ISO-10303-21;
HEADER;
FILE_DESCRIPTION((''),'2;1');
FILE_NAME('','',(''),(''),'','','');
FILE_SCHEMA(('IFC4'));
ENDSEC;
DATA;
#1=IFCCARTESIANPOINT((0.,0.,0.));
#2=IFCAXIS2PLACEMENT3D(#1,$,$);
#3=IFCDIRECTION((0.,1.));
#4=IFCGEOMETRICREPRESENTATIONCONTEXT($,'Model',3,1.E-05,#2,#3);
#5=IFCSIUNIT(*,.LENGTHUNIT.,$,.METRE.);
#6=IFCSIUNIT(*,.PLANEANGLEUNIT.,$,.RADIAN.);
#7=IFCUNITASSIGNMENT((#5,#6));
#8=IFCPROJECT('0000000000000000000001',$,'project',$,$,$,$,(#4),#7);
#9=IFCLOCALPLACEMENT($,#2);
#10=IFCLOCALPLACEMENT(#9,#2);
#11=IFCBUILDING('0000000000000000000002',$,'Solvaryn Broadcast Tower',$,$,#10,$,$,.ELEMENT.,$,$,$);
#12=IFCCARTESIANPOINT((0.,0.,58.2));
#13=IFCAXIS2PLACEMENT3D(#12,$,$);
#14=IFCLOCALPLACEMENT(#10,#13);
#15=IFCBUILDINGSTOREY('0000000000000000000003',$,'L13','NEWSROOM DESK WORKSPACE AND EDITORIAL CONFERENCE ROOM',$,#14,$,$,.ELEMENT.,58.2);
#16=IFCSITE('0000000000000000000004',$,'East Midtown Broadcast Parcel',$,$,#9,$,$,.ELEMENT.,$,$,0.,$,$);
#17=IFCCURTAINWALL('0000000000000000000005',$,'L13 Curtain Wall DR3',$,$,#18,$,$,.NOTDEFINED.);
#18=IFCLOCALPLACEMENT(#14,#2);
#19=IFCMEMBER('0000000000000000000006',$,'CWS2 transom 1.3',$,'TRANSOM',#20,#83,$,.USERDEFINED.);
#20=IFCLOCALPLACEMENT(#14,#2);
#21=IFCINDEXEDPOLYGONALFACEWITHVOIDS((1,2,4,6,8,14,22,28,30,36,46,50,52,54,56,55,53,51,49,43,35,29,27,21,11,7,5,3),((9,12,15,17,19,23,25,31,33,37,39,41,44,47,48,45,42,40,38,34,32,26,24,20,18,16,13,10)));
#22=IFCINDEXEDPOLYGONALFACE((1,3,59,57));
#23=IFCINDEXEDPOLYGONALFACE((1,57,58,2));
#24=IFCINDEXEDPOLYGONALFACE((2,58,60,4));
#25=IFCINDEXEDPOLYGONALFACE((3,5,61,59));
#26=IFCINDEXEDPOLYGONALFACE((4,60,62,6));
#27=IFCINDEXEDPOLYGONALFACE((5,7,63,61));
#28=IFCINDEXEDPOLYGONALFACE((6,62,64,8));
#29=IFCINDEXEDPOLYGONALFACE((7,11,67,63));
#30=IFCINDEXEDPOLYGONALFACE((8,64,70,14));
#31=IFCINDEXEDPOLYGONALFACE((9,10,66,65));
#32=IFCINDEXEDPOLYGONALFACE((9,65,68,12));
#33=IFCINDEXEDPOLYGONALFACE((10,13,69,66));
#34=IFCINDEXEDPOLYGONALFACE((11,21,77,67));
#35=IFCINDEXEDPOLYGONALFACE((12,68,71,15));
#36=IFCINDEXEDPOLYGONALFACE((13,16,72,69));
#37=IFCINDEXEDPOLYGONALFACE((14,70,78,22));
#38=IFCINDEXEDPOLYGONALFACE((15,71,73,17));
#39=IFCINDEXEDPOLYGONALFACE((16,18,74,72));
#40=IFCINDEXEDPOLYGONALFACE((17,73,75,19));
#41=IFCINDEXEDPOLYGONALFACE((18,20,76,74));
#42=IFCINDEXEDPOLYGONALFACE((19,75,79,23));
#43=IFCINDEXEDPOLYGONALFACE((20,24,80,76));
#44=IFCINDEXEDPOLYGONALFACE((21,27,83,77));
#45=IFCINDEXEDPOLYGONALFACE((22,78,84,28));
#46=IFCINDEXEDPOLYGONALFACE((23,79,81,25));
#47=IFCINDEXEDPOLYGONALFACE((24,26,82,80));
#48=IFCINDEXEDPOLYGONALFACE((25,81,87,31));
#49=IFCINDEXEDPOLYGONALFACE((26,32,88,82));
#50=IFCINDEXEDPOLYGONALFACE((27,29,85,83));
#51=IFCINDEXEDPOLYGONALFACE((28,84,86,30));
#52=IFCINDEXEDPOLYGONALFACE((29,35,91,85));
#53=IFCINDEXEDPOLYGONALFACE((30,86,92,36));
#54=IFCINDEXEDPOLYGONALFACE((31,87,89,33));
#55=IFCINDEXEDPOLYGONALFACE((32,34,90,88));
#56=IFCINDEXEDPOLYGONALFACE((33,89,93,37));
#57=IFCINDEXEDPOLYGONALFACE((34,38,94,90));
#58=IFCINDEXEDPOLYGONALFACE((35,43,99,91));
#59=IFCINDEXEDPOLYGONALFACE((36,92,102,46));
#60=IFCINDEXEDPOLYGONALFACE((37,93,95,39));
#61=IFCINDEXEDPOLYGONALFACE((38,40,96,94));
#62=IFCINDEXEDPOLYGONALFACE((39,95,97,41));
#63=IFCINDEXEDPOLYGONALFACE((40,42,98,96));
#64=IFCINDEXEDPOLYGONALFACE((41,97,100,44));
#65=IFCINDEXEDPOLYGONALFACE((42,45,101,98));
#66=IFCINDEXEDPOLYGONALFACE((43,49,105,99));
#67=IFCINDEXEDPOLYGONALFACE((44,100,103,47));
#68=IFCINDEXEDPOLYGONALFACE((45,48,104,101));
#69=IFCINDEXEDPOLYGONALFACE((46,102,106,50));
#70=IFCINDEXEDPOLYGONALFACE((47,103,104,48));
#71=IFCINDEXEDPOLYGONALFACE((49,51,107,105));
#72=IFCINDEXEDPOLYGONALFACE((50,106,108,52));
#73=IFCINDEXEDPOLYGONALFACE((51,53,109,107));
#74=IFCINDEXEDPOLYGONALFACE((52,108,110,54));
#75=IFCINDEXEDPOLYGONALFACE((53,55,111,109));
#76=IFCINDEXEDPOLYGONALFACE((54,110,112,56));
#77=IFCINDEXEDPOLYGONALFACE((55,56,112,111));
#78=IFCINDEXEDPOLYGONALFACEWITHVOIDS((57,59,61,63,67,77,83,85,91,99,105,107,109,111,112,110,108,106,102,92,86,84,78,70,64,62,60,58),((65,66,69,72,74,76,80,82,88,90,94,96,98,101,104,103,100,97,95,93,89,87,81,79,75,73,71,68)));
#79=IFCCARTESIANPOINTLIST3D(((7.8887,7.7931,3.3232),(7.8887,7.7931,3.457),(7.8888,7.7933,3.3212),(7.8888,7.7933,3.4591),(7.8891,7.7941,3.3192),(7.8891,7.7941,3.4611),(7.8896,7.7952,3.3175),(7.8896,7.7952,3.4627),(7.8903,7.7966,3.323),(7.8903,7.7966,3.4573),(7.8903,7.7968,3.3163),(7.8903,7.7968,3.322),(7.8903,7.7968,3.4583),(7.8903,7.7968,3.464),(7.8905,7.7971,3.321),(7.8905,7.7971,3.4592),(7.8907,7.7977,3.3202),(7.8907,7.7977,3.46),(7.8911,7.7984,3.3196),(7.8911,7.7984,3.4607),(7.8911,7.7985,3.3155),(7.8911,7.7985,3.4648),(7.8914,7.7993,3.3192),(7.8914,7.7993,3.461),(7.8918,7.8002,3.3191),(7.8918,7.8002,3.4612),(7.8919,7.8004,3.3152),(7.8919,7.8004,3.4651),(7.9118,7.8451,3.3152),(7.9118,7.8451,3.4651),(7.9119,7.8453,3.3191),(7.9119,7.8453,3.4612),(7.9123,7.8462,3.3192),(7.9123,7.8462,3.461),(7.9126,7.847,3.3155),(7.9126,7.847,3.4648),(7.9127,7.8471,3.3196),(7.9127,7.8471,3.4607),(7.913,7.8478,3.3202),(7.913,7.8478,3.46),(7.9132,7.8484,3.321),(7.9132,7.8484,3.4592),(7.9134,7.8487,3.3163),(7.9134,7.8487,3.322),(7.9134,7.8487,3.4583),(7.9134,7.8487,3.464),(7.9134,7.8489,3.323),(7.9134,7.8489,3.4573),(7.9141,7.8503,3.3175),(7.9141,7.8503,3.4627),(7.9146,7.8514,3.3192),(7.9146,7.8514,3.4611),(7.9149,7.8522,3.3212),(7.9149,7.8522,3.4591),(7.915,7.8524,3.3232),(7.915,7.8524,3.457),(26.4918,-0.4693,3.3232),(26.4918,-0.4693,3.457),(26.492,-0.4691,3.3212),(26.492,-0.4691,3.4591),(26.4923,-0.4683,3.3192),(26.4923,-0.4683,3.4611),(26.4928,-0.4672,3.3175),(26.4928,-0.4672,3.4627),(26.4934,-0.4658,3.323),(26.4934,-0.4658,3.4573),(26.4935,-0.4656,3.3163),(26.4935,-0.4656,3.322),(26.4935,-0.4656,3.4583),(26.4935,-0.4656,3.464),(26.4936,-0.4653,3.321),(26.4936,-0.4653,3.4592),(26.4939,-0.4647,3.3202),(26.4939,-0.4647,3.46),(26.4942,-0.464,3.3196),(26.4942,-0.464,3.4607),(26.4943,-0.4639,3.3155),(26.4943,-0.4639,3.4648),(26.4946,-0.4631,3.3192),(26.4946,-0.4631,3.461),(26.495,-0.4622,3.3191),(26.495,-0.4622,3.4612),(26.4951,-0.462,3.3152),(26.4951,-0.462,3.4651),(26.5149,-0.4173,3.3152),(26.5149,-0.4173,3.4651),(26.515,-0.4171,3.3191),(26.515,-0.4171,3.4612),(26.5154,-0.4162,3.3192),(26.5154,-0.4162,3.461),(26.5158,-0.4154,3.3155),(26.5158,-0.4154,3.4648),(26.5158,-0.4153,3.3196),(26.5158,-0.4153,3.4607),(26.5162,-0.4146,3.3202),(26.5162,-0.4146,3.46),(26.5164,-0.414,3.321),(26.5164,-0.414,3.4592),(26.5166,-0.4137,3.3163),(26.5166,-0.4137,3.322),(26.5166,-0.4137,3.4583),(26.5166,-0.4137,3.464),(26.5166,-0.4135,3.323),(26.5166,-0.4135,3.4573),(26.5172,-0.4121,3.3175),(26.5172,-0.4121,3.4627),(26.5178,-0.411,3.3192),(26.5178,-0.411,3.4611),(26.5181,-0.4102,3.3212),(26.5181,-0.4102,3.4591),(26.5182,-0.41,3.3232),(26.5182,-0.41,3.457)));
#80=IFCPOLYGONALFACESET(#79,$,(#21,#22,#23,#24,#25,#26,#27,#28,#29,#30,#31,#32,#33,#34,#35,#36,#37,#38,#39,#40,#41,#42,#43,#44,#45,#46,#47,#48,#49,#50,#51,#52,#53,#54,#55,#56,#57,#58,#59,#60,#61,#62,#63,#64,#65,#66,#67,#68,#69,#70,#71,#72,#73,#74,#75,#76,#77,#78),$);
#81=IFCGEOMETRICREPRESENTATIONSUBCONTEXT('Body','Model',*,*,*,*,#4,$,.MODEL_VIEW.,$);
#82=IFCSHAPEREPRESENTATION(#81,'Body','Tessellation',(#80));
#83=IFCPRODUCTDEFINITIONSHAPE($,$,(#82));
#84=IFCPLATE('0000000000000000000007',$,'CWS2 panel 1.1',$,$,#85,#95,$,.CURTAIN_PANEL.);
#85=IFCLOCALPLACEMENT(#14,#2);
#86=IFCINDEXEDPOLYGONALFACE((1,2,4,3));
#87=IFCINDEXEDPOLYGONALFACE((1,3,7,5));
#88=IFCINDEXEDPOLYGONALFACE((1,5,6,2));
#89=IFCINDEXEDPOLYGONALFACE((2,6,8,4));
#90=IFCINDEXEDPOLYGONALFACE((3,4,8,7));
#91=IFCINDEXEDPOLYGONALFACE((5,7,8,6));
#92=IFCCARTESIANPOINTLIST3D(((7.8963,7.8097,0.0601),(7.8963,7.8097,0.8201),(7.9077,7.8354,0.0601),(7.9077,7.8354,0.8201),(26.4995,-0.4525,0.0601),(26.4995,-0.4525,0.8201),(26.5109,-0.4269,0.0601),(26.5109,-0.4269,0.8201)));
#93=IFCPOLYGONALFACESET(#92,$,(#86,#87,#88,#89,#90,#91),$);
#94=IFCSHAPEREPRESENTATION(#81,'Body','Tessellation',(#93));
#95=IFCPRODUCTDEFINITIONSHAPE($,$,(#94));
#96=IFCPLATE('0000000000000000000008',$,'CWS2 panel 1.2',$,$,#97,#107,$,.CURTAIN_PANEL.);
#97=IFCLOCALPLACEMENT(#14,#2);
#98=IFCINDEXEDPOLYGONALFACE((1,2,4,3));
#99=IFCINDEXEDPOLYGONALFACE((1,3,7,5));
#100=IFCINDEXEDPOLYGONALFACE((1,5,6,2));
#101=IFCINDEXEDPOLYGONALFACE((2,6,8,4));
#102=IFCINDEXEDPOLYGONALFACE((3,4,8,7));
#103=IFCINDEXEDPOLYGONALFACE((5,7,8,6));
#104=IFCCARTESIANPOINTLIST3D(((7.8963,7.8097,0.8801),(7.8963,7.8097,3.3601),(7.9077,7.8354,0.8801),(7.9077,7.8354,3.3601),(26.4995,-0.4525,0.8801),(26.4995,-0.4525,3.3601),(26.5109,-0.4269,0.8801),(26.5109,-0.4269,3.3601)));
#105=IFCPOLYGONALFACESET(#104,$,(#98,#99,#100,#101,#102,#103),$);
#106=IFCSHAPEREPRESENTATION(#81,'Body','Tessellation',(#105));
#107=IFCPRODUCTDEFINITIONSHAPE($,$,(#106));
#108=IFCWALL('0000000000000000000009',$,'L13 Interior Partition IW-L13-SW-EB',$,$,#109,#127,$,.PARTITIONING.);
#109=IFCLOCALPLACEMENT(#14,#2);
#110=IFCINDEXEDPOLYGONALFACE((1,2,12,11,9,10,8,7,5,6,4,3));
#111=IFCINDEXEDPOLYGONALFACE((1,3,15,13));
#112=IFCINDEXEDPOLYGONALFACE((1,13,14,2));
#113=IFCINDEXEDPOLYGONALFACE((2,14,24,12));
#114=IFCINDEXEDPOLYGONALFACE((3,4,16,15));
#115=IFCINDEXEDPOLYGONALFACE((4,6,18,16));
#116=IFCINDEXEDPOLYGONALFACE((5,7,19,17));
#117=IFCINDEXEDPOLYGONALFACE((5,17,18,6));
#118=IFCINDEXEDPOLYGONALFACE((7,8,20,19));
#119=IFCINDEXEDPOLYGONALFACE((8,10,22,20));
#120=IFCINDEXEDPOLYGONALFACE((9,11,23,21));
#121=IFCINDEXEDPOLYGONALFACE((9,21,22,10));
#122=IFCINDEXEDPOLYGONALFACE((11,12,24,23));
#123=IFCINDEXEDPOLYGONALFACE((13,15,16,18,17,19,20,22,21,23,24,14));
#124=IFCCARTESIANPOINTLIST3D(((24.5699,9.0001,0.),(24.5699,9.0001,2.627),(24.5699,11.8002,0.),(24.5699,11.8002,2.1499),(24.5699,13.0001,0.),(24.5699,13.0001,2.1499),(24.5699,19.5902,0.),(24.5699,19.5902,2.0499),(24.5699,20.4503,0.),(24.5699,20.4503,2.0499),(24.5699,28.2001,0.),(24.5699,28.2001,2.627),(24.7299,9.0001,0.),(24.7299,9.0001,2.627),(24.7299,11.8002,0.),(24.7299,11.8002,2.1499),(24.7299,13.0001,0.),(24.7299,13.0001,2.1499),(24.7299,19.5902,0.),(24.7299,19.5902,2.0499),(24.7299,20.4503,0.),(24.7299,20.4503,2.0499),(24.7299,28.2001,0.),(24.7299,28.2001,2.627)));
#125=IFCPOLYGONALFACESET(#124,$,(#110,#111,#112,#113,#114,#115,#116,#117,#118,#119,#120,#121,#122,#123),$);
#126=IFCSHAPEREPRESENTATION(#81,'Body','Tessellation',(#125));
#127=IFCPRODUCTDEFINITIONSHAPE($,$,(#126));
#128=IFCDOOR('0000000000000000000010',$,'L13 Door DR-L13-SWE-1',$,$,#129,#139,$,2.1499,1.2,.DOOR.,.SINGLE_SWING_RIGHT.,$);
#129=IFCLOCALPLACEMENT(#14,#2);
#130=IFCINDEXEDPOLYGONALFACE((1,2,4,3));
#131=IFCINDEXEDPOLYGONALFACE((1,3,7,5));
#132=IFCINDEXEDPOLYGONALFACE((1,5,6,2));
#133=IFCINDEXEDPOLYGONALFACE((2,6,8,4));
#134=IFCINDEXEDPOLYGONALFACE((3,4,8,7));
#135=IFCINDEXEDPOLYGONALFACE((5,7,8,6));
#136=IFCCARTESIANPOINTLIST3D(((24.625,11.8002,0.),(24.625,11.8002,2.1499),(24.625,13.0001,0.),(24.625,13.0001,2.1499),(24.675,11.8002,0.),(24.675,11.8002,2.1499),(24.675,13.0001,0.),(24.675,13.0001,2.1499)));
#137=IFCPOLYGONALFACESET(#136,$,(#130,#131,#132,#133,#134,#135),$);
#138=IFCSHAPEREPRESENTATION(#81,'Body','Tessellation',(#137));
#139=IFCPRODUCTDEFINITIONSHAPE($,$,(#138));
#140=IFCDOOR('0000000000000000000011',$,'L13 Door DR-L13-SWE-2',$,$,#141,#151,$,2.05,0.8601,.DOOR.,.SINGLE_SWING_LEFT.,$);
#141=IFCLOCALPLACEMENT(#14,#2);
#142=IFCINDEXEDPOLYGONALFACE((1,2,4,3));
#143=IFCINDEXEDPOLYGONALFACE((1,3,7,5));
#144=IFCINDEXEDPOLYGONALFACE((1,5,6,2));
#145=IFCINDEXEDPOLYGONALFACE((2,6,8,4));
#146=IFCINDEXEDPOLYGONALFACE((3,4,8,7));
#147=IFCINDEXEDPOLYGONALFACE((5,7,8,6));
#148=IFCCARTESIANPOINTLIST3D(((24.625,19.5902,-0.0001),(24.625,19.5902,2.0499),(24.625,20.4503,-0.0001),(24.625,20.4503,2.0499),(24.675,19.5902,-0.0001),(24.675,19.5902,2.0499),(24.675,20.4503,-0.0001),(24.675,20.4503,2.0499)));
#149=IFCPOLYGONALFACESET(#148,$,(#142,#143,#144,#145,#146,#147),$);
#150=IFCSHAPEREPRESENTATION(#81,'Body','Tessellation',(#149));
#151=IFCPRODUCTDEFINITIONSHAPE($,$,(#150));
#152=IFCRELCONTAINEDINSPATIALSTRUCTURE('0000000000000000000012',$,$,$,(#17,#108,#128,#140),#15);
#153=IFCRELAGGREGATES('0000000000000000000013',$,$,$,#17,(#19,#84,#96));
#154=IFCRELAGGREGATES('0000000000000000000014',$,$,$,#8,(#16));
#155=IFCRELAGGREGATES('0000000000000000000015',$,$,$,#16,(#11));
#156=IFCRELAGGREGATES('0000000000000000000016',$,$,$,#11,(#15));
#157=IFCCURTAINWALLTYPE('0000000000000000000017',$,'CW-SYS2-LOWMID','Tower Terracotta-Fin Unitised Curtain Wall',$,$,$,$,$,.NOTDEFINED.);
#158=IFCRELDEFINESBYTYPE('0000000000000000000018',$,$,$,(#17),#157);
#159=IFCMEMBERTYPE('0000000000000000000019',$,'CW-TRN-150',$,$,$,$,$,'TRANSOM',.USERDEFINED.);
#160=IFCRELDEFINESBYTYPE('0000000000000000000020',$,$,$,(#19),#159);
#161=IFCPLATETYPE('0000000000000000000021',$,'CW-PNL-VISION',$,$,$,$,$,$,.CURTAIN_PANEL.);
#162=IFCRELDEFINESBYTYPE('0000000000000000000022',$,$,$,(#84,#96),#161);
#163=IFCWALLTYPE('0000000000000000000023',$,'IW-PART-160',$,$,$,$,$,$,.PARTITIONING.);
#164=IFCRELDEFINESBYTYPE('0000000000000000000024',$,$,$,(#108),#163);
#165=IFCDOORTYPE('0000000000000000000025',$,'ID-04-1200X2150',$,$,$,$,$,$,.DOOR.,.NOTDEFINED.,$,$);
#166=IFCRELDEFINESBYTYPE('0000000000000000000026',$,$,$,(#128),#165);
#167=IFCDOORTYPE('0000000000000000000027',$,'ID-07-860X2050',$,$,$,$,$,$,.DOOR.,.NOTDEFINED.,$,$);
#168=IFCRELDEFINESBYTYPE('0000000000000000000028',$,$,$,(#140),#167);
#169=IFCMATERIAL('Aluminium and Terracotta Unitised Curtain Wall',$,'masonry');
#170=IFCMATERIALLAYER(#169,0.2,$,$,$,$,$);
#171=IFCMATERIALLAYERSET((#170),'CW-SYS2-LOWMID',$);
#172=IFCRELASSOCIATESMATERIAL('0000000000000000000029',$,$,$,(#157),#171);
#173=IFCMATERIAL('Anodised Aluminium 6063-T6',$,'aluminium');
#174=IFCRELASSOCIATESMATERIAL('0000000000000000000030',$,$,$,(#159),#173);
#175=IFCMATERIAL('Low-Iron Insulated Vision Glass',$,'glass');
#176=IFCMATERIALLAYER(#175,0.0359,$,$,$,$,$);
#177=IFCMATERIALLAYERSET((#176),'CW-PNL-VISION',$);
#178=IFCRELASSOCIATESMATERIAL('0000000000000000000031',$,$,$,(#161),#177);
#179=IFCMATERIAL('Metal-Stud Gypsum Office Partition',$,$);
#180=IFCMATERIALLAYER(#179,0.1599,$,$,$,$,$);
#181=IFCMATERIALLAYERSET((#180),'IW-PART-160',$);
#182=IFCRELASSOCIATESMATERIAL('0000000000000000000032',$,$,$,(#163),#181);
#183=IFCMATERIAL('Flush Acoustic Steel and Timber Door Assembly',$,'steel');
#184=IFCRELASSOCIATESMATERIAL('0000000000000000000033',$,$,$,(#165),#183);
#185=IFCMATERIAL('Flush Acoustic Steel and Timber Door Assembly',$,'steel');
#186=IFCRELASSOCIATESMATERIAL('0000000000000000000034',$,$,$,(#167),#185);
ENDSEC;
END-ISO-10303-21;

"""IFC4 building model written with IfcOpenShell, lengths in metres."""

from ifc_helpers import new_model, si_unit, direction, frame, frame_2d, origin, origin_2d, place, context, subcontext, project, spatial, rectangle, hollow_rectangle, extrude, material, layer, layer_set, material_profile, profile_set, type_object, element, fill, aggregate, save


model = new_model("IFC4")

# Units and contexts
model_context = context("Model", 3, precision=1e-05, world=origin(), true_north=direction((0.0, 1.0)))
body_context = subcontext(model_context, "Body", "Model", "MODEL_VIEW")
ifc_project = project(units=[si_unit("LENGTHUNIT", "METRE"), si_unit("PLANEANGLEUNIT", "RADIAN")], contexts=[model_context])

# Site, building, storey
site_placement = place(None, origin())
site = spatial("IfcSite", under=ifc_project, at=site_placement, Name="East Midtown Broadcast Parcel", CompositionType="ELEMENT", RefElevation=0.0)
building_placement = place(site_placement, origin())
building = spatial("IfcBuilding", under=site, at=building_placement, Name="Solvaryn Broadcast Tower", CompositionType="ELEMENT")
storey_placement = place(building_placement, frame((0.0, 0.0, 58.2)))
storey = spatial("IfcBuildingStorey", under=building, at=storey_placement, Name="L13", Description="NEWSROOM DESK WORKSPACE AND EDITORIAL CONFERENCE ROOM", CompositionType="ELEMENT", Elevation=58.2)

# Curtain wall, member, plates
ifc_material_1 = material(Name="Aluminium and Terracotta Unitised Curtain Wall", Category="masonry")
ifc_layer_1 = layer(ifc_material_1, 0.2)
ifc_layer_set_1 = layer_set([ifc_layer_1], Name="CW-SYS2-LOWMID")
curtain_wall_type_1 = type_object("IfcCurtainWallType", Name="CW-SYS2-LOWMID", Description="Tower Terracotta-Fin Unitised Curtain Wall", PredefinedType="NOTDEFINED", material=ifc_layer_set_1)
curtain_wall_1_placement = place(storey_placement, origin())
curtain_wall_1 = element("IfcCurtainWall", 1, at=curtain_wall_1_placement, inside=storey, type_object=curtain_wall_type_1, Name="L13 Curtain Wall DR3", PredefinedType="NOTDEFINED")
ifc_material_2 = material(Name="Anodised Aluminium 6063-T6", Category="aluminium")
ifc_material_profile_1 = material_profile(ifc_material_2, hollow_rectangle(XDim=0.0649, YDim=0.1499, WallThickness=0.0039, InnerFilletRadius=0.0039, OuterFilletRadius=0.0081, at=origin_2d()))
ifc_profile_set_1 = profile_set([ifc_material_profile_1], Name="Anodised Aluminium 6063-T6")
member_type_1 = type_object("IfcMemberType", Name="CW-TRN-150", ElementType="TRANSOM", PredefinedType="USERDEFINED", material=ifc_profile_set_1)
member_1_placement = place(storey_placement, frame((7.9019, 7.8228, 3.3901), z_axis=(0.913915, -0.405906, 0.0), x_axis=(0.405906, 0.913915, 0.0)))
member_1 = element("IfcMember", 2, at=member_1_placement, type_object=member_type_1, Name="CWS2 transom 1.3", ObjectType="TRANSOM", PredefinedType="USERDEFINED", context=body_context, shape_type="SweptSolid", body=[
    extrude(hollow_rectangle(XDim=0.0649, YDim=0.1499, WallThickness=0.0039, InnerFilletRadius=0.0039, OuterFilletRadius=0.0081, at=origin_2d()), origin(), (0.0, 0.0, 1.0), 20.3555),
])
ifc_material_3 = material(Name="Low-Iron Insulated Vision Glass", Category="glass")
ifc_layer_2 = layer(ifc_material_3, 0.0359)
ifc_layer_set_2 = layer_set([ifc_layer_2], Name="CW-PNL-VISION")
plate_type = type_object("IfcPlateType", Name="CW-PNL-VISION", PredefinedType="CURTAIN_PANEL", material=ifc_layer_set_2)
plate_1_placement = place(storey_placement, frame((17.2036, 3.6914, 0.0601), z_axis=(0.0, 0.0, 1.0), x_axis=(0.913918, -0.405898, 0.0)))
plate_1 = element("IfcPlate", 3, at=plate_1_placement, type_object=plate_type, Name="CWS2 panel 1.1", PredefinedType="CURTAIN_PANEL", context=body_context, shape_type="SweptSolid", body=[
    extrude(rectangle(XDim=20.3555, YDim=0.0281, at=origin_2d()), origin(), (0.0, 0.0, 1.0), 0.76),
])
plate_2_placement = place(storey_placement, frame((17.2036, 3.6914, 0.8801), z_axis=(0.0, 0.0, 1.0), x_axis=(0.913918, -0.405898, 0.0)))
plate_2 = element("IfcPlate", 4, at=plate_2_placement, type_object=plate_type, Name="CWS2 panel 1.2", PredefinedType="CURTAIN_PANEL", context=body_context, shape_type="SweptSolid", body=[
    extrude(rectangle(XDim=20.3555, YDim=0.0281, at=origin_2d()), origin(), (0.0, 0.0, 1.0), 2.48),
])
aggregate(curtain_wall_1, [member_1, plate_1, plate_2])

# Wall, openings, doors
ifc_material_4 = material(Name="Metal-Stud Gypsum Office Partition")
ifc_layer_3 = layer(ifc_material_4, 0.1599)
ifc_layer_set_3 = layer_set([ifc_layer_3], Name="IW-PART-160")
wall_type_1 = type_object("IfcWallType", Name="IW-PART-160", PredefinedType="PARTITIONING", material=ifc_layer_set_3)
wall_1_placement = place(storey_placement, frame((24.6499, 9.0, 0.0), z_axis=(0.0, 0.0, 1.0), x_axis=(0.0, 1.0, 0.0)))
wall_1 = element("IfcWall", 5, at=wall_1_placement, inside=storey, type_object=wall_type_1, Name="L13 Interior Partition IW-L13-SW-EB", PredefinedType="PARTITIONING", context=body_context, shape_type="SweptSolid", body=[
    extrude(rectangle(XDim=19.2, YDim=0.1599, at=frame_2d((9.6001, 0.0))), origin(), (0.0, 0.0, 1.0), 2.627),
])
opening_1_placement = place(wall_1_placement, frame((2.8, 0.0, 0.0)))
opening_1 = element("IfcOpeningElement", 6, at=opening_1_placement, cuts=wall_1, PredefinedType="OPENING", context=body_context, shape_type="SweptSolid", body=[
    extrude(rectangle(XDim=1.2, YDim=2.1499, at=frame_2d((0.6001, 1.075))), frame((0.0, 0.0901, 0.0), z_axis=(0.0, -1.0, 0.0), x_axis=(1.0, 0.0, 0.0)), (0.0, 0.0, 1.0), 0.1799),
])
opening_2_placement = place(wall_1_placement, frame((10.5901, 0.0, 0.0)))
opening_2 = element("IfcOpeningElement", 7, at=opening_2_placement, cuts=wall_1, PredefinedType="OPENING", context=body_context, shape_type="SweptSolid", body=[
    extrude(rectangle(XDim=0.8601, YDim=2.05, at=frame_2d((0.4302, 1.0249))), frame((0.0, 0.0901, 0.0), z_axis=(0.0, -1.0, 0.0), x_axis=(1.0, 0.0, 0.0)), (0.0, 0.0, 1.0), 0.1799),
])
ifc_material_5 = material(Name="Flush Acoustic Steel and Timber Door Assembly", Category="steel")
door_type_1 = type_object("IfcDoorType", Name="ID-04-1200X2150", OperationType="NOTDEFINED", PredefinedType="DOOR", material=ifc_material_5)
door_1_placement = place(opening_1_placement, origin())
door_1 = element("IfcDoor", 8, at=door_1_placement, inside=storey, type_object=door_type_1, Name="L13 Door DR-L13-SWE-1", OperationType="SINGLE_SWING_RIGHT", OverallHeight=2.1499, OverallWidth=1.2, PredefinedType="DOOR", context=body_context, shape_type="SweptSolid", body=[
    extrude(rectangle(XDim=1.2, YDim=2.1499, at=frame_2d((0.6001, 1.075))), frame((0.0, 0.0249, 0.0), z_axis=(0.0, -1.0, 0.0), x_axis=(1.0, 0.0, 0.0)), (0.0, 0.0, 1.0), 0.05),
])
fill(opening_1, door_1)
ifc_material_6 = material(Name="Flush Acoustic Steel and Timber Door Assembly", Category="steel")
door_type_2 = type_object("IfcDoorType", Name="ID-07-860X2050", OperationType="NOTDEFINED", PredefinedType="DOOR", material=ifc_material_6)
door_2_placement = place(opening_2_placement, origin())
door_2 = element("IfcDoor", 9, at=door_2_placement, inside=storey, type_object=door_type_2, Name="L13 Door DR-L13-SWE-2", OperationType="SINGLE_SWING_LEFT", OverallHeight=2.05, OverallWidth=0.8601, PredefinedType="DOOR", context=body_context, shape_type="SweptSolid", body=[
    extrude(rectangle(XDim=0.8601, YDim=2.05, at=frame_2d((0.4302, 1.0249))), frame((0.0, 0.0249, 0.0), z_axis=(0.0, -1.0, 0.0), x_axis=(1.0, 0.0, 0.0)), (0.0, 0.0, 1.0), 0.05),
])
fill(opening_2, door_2)

save(model, "model.ifc")
